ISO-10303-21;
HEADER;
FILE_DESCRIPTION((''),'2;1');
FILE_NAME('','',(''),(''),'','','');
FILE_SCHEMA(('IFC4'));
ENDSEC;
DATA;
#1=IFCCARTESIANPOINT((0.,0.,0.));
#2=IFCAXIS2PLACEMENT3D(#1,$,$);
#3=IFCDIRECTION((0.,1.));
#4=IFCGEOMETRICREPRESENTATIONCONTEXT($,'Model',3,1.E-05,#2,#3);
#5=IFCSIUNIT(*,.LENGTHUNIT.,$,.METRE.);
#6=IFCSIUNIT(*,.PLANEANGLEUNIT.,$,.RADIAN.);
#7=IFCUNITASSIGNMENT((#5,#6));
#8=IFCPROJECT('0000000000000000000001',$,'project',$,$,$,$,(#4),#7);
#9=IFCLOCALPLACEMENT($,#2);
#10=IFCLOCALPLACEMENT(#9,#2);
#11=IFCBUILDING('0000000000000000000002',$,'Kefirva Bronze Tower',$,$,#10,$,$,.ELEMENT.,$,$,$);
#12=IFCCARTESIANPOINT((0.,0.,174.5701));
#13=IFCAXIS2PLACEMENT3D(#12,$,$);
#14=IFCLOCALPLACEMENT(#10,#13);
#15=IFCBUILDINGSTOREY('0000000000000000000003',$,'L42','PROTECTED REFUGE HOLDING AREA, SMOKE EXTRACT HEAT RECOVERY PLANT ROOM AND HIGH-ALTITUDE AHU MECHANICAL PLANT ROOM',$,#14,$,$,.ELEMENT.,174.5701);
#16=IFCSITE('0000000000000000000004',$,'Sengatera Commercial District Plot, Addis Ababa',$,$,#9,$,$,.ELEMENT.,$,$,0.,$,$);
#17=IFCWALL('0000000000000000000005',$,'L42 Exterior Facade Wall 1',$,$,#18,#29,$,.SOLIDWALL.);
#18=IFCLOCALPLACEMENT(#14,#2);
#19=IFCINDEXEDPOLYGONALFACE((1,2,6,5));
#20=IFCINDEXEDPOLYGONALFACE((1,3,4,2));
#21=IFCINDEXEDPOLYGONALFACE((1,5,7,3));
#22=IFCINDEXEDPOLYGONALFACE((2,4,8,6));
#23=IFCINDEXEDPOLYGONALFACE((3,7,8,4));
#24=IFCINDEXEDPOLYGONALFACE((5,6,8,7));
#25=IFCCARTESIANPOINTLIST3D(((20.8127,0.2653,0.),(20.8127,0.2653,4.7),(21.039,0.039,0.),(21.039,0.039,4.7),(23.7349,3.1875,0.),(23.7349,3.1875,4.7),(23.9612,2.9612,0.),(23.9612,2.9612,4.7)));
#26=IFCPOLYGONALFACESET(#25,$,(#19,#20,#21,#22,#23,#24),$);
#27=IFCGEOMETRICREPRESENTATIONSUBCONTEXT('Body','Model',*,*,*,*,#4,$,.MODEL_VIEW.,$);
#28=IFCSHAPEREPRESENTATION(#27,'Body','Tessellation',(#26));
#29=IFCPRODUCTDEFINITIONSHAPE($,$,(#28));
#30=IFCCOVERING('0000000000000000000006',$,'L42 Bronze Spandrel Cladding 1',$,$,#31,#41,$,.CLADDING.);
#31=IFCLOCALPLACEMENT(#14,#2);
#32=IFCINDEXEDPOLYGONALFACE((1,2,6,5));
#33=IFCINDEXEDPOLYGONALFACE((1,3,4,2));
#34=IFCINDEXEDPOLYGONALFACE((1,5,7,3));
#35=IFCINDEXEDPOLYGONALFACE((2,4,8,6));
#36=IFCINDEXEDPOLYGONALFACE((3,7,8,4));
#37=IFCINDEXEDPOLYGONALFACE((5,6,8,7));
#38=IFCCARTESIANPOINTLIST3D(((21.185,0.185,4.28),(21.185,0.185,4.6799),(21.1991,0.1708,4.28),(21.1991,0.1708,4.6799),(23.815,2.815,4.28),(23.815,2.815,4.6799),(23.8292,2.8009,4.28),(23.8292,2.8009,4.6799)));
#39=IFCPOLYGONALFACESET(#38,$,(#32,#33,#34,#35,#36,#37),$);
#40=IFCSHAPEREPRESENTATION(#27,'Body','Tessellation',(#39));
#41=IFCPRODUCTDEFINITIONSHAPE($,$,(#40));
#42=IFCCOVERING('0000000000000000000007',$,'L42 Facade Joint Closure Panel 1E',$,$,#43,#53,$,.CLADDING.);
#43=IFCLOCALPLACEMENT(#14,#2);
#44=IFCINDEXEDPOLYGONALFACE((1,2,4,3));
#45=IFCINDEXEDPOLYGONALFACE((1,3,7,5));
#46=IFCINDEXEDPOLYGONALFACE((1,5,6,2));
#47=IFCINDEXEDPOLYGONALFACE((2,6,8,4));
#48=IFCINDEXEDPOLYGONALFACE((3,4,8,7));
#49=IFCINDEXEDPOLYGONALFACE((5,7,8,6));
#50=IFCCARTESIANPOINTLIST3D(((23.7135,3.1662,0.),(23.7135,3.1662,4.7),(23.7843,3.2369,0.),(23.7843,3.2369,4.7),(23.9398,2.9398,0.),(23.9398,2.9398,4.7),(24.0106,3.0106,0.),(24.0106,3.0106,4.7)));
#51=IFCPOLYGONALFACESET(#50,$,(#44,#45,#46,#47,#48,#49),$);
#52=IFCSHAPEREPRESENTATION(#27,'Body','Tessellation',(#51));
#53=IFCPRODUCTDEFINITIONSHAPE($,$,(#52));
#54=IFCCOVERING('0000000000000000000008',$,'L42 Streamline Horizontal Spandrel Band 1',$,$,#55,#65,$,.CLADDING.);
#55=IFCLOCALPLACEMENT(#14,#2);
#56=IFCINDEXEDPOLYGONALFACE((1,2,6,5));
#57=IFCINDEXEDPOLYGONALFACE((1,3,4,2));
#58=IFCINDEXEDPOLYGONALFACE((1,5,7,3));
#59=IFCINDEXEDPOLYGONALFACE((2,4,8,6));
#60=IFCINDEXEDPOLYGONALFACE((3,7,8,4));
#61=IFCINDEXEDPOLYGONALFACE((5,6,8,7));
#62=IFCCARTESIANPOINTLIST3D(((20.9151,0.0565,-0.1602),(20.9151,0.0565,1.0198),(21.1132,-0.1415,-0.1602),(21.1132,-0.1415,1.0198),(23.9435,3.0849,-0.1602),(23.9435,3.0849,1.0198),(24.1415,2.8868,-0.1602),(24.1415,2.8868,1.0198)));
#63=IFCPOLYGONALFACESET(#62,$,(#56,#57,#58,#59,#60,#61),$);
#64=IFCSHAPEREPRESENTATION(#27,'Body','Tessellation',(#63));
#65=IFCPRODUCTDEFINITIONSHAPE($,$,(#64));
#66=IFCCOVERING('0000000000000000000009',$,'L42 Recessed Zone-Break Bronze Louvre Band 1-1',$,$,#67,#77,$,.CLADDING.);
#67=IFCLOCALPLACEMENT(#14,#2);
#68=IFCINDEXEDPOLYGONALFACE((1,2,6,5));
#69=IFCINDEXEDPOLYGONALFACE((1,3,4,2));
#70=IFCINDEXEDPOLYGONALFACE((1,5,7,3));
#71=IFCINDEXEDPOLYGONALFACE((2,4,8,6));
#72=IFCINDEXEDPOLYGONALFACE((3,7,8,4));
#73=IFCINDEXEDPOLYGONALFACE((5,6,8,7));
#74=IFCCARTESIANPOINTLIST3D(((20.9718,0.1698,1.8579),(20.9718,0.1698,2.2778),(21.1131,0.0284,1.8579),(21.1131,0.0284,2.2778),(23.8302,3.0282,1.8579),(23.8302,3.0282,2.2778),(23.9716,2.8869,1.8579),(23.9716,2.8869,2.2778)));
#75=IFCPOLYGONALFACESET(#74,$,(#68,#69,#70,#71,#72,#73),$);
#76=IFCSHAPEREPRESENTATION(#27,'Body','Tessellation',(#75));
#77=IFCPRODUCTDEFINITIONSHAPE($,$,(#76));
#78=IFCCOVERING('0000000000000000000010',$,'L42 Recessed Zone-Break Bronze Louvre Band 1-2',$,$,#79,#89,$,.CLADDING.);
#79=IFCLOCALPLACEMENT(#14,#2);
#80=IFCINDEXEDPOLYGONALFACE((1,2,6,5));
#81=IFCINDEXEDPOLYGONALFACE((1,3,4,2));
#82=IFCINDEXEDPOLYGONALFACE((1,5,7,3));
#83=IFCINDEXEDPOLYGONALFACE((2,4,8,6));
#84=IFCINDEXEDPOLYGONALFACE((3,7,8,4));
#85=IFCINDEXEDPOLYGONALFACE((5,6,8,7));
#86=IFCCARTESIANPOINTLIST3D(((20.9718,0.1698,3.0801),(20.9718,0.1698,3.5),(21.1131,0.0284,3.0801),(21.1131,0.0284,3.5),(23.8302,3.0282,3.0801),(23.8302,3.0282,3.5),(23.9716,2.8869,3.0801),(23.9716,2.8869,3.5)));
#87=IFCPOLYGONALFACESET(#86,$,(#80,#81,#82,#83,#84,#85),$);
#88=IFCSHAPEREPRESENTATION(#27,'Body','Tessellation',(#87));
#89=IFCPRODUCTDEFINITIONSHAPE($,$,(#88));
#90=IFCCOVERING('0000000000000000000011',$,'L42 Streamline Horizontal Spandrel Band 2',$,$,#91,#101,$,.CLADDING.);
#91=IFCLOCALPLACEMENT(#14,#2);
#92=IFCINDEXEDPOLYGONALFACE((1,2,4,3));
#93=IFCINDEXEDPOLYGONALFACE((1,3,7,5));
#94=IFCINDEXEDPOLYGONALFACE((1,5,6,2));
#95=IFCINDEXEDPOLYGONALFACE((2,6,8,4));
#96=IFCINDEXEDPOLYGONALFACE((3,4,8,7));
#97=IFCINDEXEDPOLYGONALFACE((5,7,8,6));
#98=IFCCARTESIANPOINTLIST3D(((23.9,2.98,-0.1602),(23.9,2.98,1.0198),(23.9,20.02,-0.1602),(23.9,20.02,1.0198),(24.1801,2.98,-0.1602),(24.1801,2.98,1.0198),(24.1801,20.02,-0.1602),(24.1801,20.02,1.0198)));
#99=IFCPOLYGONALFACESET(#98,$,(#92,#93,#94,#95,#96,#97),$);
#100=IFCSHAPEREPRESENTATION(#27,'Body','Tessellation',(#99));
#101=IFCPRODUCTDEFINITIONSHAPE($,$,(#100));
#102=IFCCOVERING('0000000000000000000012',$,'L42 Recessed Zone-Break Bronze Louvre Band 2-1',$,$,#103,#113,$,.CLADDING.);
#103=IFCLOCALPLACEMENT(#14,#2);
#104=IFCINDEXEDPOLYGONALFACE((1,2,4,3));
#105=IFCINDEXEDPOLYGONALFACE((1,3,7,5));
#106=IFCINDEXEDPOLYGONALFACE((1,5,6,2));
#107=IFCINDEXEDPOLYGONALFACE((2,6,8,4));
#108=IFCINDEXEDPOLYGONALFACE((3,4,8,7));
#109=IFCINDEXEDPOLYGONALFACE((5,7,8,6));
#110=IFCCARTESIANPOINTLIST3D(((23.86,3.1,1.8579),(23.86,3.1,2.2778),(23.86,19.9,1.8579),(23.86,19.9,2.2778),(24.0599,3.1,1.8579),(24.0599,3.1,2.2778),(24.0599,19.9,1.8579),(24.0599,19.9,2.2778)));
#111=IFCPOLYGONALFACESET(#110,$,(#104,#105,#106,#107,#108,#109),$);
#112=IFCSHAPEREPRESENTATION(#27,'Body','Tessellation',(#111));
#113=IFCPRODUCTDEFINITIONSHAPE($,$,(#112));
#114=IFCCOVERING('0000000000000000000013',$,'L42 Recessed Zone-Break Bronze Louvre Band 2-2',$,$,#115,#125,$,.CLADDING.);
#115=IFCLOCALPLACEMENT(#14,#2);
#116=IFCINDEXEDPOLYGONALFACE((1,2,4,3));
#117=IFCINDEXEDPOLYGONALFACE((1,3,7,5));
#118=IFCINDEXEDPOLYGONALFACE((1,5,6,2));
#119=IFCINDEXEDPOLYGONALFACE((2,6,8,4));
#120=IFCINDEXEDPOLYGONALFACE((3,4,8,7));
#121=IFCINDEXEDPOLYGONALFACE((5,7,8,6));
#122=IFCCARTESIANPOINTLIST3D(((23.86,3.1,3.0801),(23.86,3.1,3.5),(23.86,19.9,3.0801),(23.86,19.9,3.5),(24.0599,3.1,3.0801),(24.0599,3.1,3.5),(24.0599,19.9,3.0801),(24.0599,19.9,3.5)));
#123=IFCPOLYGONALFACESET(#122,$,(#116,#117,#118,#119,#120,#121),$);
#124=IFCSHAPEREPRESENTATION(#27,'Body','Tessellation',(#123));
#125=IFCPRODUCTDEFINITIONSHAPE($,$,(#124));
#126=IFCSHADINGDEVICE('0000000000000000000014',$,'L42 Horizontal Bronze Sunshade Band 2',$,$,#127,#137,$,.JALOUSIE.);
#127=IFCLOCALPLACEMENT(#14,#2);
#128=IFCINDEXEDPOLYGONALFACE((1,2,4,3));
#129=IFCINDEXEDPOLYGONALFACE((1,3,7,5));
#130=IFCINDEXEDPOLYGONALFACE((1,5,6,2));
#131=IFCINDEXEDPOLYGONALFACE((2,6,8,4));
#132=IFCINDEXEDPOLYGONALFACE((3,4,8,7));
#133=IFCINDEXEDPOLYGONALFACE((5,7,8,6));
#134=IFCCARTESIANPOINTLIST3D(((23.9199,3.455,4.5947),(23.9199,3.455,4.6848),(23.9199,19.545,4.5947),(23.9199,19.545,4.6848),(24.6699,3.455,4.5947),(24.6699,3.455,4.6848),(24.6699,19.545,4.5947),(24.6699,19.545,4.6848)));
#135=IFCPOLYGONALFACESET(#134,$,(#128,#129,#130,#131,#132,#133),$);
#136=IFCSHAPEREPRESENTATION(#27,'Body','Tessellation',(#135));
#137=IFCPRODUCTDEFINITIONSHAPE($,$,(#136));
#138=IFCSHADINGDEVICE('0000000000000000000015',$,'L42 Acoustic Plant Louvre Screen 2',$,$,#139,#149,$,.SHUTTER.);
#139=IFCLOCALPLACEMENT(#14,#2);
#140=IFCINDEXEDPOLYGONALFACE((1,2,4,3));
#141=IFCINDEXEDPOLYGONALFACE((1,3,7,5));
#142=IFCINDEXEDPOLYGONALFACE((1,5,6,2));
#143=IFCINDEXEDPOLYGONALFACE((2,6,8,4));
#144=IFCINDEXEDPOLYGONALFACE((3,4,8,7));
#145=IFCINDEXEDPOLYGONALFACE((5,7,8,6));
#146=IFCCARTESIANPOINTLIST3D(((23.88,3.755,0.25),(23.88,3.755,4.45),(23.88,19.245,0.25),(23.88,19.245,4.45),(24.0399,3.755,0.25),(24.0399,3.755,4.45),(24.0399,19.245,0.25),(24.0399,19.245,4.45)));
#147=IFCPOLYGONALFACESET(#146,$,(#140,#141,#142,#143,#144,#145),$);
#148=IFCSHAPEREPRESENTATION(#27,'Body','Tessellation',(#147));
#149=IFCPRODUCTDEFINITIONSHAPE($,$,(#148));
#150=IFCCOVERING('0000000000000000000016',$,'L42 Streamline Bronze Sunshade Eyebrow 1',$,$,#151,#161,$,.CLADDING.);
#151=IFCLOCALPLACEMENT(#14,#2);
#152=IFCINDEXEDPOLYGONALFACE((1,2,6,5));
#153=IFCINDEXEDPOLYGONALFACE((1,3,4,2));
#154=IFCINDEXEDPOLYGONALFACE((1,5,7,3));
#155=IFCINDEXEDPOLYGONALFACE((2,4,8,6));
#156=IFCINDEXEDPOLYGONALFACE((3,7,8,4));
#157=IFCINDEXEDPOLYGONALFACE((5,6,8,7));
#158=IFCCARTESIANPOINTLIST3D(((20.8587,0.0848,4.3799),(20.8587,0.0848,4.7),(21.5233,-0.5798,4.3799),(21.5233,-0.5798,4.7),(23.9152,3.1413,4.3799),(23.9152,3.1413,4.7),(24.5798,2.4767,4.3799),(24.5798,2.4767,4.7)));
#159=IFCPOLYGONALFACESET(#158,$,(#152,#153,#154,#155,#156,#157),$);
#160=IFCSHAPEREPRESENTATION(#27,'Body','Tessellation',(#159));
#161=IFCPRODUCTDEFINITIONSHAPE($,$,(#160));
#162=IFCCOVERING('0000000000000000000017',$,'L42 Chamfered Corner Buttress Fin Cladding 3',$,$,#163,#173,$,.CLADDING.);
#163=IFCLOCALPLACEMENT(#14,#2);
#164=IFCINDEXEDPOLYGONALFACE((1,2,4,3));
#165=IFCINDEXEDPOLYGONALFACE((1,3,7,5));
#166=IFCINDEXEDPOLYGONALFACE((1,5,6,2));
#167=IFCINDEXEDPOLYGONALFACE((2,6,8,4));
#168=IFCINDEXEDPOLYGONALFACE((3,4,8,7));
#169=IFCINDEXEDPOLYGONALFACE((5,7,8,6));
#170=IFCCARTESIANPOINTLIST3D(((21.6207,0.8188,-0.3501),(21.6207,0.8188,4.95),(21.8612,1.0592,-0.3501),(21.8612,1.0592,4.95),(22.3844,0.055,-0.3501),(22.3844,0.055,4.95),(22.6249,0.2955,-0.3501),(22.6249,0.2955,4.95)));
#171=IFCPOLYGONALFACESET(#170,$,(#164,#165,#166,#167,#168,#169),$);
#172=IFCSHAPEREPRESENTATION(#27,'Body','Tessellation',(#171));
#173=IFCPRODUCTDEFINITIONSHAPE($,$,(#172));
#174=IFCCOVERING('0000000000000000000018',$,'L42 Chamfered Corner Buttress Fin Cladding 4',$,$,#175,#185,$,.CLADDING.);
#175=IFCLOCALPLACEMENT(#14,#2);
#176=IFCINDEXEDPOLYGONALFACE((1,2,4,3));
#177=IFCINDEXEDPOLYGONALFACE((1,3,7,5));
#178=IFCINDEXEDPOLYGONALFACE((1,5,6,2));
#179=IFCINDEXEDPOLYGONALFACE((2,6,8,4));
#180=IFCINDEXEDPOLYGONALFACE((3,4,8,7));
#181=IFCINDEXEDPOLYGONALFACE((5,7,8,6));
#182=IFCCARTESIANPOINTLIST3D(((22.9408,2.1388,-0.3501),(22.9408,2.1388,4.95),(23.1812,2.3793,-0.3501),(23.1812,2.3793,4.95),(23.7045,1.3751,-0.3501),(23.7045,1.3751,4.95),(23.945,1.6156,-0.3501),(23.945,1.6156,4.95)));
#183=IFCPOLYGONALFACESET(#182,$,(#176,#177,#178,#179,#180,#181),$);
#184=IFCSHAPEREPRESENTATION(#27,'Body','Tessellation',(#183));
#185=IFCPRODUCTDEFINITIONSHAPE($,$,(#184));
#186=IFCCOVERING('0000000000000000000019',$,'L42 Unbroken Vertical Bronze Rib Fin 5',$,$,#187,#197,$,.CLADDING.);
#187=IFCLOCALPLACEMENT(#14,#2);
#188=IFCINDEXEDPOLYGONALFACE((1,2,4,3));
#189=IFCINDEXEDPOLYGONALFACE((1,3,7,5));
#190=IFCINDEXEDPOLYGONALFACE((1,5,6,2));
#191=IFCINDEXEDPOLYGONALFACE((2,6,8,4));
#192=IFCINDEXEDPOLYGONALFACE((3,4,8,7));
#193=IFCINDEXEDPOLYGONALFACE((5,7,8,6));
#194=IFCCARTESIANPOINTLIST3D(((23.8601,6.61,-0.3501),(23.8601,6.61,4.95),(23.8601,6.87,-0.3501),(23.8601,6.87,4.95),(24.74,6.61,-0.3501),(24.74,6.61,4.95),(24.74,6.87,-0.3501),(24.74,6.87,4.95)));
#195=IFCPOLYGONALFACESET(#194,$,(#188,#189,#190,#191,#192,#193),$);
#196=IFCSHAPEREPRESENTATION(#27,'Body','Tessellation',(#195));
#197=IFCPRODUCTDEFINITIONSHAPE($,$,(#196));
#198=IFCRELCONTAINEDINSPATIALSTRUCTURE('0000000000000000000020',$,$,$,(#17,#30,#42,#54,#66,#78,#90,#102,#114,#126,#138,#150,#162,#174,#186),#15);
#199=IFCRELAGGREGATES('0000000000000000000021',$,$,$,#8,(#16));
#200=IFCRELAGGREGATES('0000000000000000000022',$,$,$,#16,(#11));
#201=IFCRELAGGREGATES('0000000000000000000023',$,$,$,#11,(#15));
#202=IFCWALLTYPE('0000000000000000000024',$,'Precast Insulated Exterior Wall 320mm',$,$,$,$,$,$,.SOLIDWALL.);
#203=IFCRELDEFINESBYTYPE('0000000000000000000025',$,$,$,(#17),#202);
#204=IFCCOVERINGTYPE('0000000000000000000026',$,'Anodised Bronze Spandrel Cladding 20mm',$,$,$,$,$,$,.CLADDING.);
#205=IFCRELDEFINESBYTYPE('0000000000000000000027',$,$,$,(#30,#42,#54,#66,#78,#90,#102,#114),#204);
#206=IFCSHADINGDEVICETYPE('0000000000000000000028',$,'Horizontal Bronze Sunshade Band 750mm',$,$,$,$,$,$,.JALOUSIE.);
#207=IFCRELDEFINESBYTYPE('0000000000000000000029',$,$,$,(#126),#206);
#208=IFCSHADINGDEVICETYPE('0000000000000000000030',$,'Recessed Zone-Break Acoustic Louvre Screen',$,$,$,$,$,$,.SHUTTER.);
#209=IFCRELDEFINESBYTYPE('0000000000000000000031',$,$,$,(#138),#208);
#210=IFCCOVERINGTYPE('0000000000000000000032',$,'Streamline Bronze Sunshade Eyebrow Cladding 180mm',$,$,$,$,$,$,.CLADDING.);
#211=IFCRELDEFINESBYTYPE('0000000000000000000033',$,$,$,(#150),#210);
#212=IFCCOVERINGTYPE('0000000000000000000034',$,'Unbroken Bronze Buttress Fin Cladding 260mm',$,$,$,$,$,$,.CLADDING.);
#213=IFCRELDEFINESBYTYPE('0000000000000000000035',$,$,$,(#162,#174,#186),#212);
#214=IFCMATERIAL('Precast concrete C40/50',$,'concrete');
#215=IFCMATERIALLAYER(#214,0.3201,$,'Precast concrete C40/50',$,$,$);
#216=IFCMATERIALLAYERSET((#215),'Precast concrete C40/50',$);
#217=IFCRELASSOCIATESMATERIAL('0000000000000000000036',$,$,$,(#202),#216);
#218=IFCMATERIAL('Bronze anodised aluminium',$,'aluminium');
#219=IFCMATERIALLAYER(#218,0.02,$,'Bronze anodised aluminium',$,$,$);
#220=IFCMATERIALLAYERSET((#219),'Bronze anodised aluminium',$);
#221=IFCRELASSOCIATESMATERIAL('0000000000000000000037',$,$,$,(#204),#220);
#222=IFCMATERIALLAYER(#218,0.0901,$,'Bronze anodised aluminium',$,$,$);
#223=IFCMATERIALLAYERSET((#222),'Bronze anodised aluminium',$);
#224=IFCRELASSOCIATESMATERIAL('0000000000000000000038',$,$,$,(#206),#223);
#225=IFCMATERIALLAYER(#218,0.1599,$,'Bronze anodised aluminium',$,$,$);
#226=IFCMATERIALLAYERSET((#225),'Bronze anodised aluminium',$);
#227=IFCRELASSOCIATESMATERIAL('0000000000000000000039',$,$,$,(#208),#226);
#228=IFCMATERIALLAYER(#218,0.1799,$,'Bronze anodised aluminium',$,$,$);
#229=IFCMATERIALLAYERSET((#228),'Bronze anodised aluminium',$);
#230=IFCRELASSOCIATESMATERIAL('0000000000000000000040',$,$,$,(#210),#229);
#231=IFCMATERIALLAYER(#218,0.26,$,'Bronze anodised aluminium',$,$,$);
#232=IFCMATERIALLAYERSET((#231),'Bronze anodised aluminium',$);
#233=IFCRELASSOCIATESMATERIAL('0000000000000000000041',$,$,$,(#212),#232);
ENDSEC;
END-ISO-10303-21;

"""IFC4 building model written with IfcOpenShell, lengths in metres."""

from ifc_helpers import new_model, si_unit, direction, frame, frame_2d, origin, origin_2d, place, context, subcontext, project, spatial, rectangle, extrude, material, layer, layer_set, type_object, element, save


model = new_model("IFC4")

# Units and contexts
model_context = context("Model", 3, precision=1e-05, world=origin(), true_north=direction((0.0, 1.0)))
body_context = subcontext(model_context, "Body", "Model", "MODEL_VIEW")
ifc_project = project(units=[si_unit("LENGTHUNIT", "METRE"), si_unit("PLANEANGLEUNIT", "RADIAN")], contexts=[model_context])

# Site, building, storey
site_placement = place(None, origin())
site = spatial("IfcSite", under=ifc_project, at=site_placement, Name="Sengatera Commercial District Plot, Addis Ababa", CompositionType="ELEMENT", RefElevation=0.0)
building_placement = place(site_placement, origin())
building = spatial("IfcBuilding", under=site, at=building_placement, Name="Kefirva Bronze Tower", CompositionType="ELEMENT")
storey_placement = place(building_placement, frame((0.0, 0.0, 174.5701)))
storey = spatial("IfcBuildingStorey", under=building, at=storey_placement, Name="L42", Description="PROTECTED REFUGE HOLDING AREA, SMOKE EXTRACT HEAT RECOVERY PLANT ROOM AND HIGH-ALTITUDE AHU MECHANICAL PLANT ROOM", CompositionType="ELEMENT", Elevation=174.5701)

# Shared definitions
ifc_material_1 = material(Name="Bronze anodised aluminium", Category="aluminium")

# Wall
ifc_material_2 = material(Name="Precast concrete C40/50", Category="concrete")
ifc_layer_1 = layer(ifc_material_2, 0.3201, Name="Precast concrete C40/50")
ifc_layer_set_1 = layer_set([ifc_layer_1], Name="Precast concrete C40/50")
wall_type_1 = type_object("IfcWallType", Name="Precast Insulated Exterior Wall 320mm", PredefinedType="SOLIDWALL", material=ifc_layer_set_1)
wall_1_placement = place(storey_placement, frame((20.9258, 0.1521, 0.0), z_axis=(0.0, 0.0, 1.0), x_axis=(0.707107, 0.707107, 0.0)))
element("IfcWall", 1, at=wall_1_placement, inside=storey, type_object=wall_type_1, Name="L42 Exterior Facade Wall 1", PredefinedType="SOLIDWALL", context=body_context, shape_type="SweptSolid", body=[
    extrude(rectangle(XDim=4.1326, YDim=0.3201, at=frame_2d((2.0664, 0.0))), origin(), (0.0, 0.0, 1.0), 4.7),
])

# Coverings
ifc_layer_2 = layer(ifc_material_1, 0.02, Name="Bronze anodised aluminium")
ifc_layer_set_2 = layer_set([ifc_layer_2], Name="Bronze anodised aluminium")
covering_type_1 = type_object("IfcCoveringType", Name="Anodised Bronze Spandrel Cladding 20mm", PredefinedType="CLADDING", material=ifc_layer_set_2)
covering_1_placement = place(storey_placement, frame((22.5071, 1.4929, 4.28), z_axis=(0.0, 0.0, 1.0), x_axis=(0.707107, 0.707107, 0.0)))
element("IfcCovering", 2, at=covering_1_placement, inside=storey, type_object=covering_type_1, Name="L42 Bronze Spandrel Cladding 1", PredefinedType="CLADDING", context=body_context, shape_type="SweptSolid", body=[
    extrude(rectangle(XDim=3.7195, YDim=0.02, at=origin_2d()), origin(), (0.0, 0.0, 1.0), 0.3999),
])
covering_2_placement = place(storey_placement, frame((23.8621, 3.0884, 0.0), z_axis=(0.0, 0.0, 1.0), x_axis=(0.707107, 0.707107, 0.0)))
element("IfcCovering", 3, at=covering_2_placement, inside=storey, type_object=covering_type_1, Name="L42 Facade Joint Closure Panel 1E", PredefinedType="CLADDING", context=body_context, shape_type="SweptSolid", body=[
    extrude(rectangle(XDim=0.1001, YDim=0.3201, at=origin_2d()), origin(), (0.0, 0.0, 1.0), 4.7),
])
covering_3_placement = place(storey_placement, frame((22.5283, 1.4717, -0.1602), z_axis=(0.0, 0.0, 1.0), x_axis=(0.707107, 0.707107, 0.0)))
element("IfcCovering", 4, at=covering_3_placement, inside=storey, type_object=covering_type_1, Name="L42 Streamline Horizontal Spandrel Band 1", PredefinedType="CLADDING", context=body_context, shape_type="SweptSolid", body=[
    extrude(rectangle(XDim=4.2827, YDim=0.28, at=origin_2d()), origin(), (0.0, 0.0, 1.0), 1.1799),
])
for number, where, z_axis, x_axis, name in (
    (5, (22.4717, 1.5283, 1.8579), (0.0, 0.0, 1.0), (0.707107, 0.707107, 0.0), "L42 Recessed Zone-Break Bronze Louvre Band 1-1"),
    (6, (22.4717, 1.5283, 3.0801), (0.0, 0.0, 1.0), (0.707107, 0.707107, 0.0), "L42 Recessed Zone-Break Bronze Louvre Band 1-2"),
):
    element("IfcCovering", number, at=place(storey_placement, frame(where, z_axis=z_axis, x_axis=x_axis)), inside=storey, type_object=covering_type_1, Name=name, PredefinedType="CLADDING", context=body_context, shape_type="SweptSolid", body=[
        extrude(rectangle(XDim=4.0425, YDim=0.2, at=origin_2d()), origin(), (0.0, 0.0, 1.0), 0.4199),
    ])
covering_4_placement = place(storey_placement, frame((24.04, 11.5, -0.1602), z_axis=(0.0, 0.0, 1.0), x_axis=(0.0, 1.0, 0.0)))
element("IfcCovering", 7, at=covering_4_placement, inside=storey, type_object=covering_type_1, Name="L42 Streamline Horizontal Spandrel Band 2", PredefinedType="CLADDING", context=body_context, shape_type="SweptSolid", body=[
    extrude(rectangle(XDim=17.04, YDim=0.28, at=origin_2d()), origin(), (0.0, 0.0, 1.0), 1.1799),
])
for number, where, z_axis, x_axis, name in (
    (8, (23.96, 11.5, 1.8579), (0.0, 0.0, 1.0), (0.0, 1.0, 0.0), "L42 Recessed Zone-Break Bronze Louvre Band 2-1"),
    (9, (23.96, 11.5, 3.0801), (0.0, 0.0, 1.0), (0.0, 1.0, 0.0), "L42 Recessed Zone-Break Bronze Louvre Band 2-2"),
):
    element("IfcCovering", number, at=place(storey_placement, frame(where, z_axis=z_axis, x_axis=x_axis)), inside=storey, type_object=covering_type_1, Name=name, PredefinedType="CLADDING", context=body_context, shape_type="SweptSolid", body=[
        extrude(rectangle(XDim=16.8, YDim=0.2, at=origin_2d()), origin(), (0.0, 0.0, 1.0), 0.4199),
    ])

# Shading devices
ifc_layer_3 = layer(ifc_material_1, 0.0901, Name="Bronze anodised aluminium")
ifc_layer_set_3 = layer_set([ifc_layer_3], Name="Bronze anodised aluminium")
shading_device_type_1 = type_object("IfcShadingDeviceType", Name="Horizontal Bronze Sunshade Band 750mm", PredefinedType="JALOUSIE", material=ifc_layer_set_3)
shading_device_1_placement = place(storey_placement, frame((24.2949, 11.5, 4.5947), z_axis=(0.0, 0.0, 1.0), x_axis=(0.0, 1.0, 0.0)))
element("IfcShadingDevice", 10, at=shading_device_1_placement, inside=storey, type_object=shading_device_type_1, Name="L42 Horizontal Bronze Sunshade Band 2", PredefinedType="JALOUSIE", context=body_context, shape_type="SweptSolid", body=[
    extrude(rectangle(XDim=16.0901, YDim=0.75, at=origin_2d()), origin(), (0.0, 0.0, 1.0), 0.0901),
])
ifc_layer_4 = layer(ifc_material_1, 0.1599, Name="Bronze anodised aluminium")
ifc_layer_set_4 = layer_set([ifc_layer_4], Name="Bronze anodised aluminium")
shading_device_type_2 = type_object("IfcShadingDeviceType", Name="Recessed Zone-Break Acoustic Louvre Screen", PredefinedType="SHUTTER", material=ifc_layer_set_4)
shading_device_2_placement = place(storey_placement, frame((23.96, 11.5, 0.25), z_axis=(0.0, 0.0, 1.0), x_axis=(0.0, 1.0, 0.0)))
element("IfcShadingDevice", 11, at=shading_device_2_placement, inside=storey, type_object=shading_device_type_2, Name="L42 Acoustic Plant Louvre Screen 2", PredefinedType="SHUTTER", context=body_context, shape_type="SweptSolid", body=[
    extrude(rectangle(XDim=15.49, YDim=0.1599, at=origin_2d()), origin(), (0.0, 0.0, 1.0), 4.2),
])

# Coverings
ifc_layer_5 = layer(ifc_material_1, 0.1799, Name="Bronze anodised aluminium")
ifc_layer_set_5 = layer_set([ifc_layer_5], Name="Bronze anodised aluminium")
covering_type_2 = type_object("IfcCoveringType", Name="Streamline Bronze Sunshade Eyebrow Cladding 180mm", PredefinedType="CLADDING", material=ifc_layer_set_5)
covering_5_placement = place(storey_placement, frame((22.7192, 1.2808, 4.3799), z_axis=(0.0, 0.0, 1.0), x_axis=(0.707107, 0.707107, 0.0)))
element("IfcCovering", 12, at=covering_5_placement, inside=storey, type_object=covering_type_2, Name="L42 Streamline Bronze Sunshade Eyebrow 1", PredefinedType="CLADDING", context=body_context, shape_type="SweptSolid", body=[
    extrude(rectangle(XDim=4.3225, YDim=0.9399, at=origin_2d()), origin(), (0.0, 0.0, 1.0), 0.3201),
])
ifc_layer_6 = layer(ifc_material_1, 0.26, Name="Bronze anodised aluminium")
ifc_layer_set_6 = layer_set([ifc_layer_6], Name="Bronze anodised aluminium")
covering_type_3 = type_object("IfcCoveringType", Name="Unbroken Bronze Buttress Fin Cladding 260mm", PredefinedType="CLADDING", material=ifc_layer_set_6)
for number, where, z_axis, x_axis, name in (
    (13, (22.1228, 0.5571, -0.3501), (0.0, 0.0, 1.0), (0.707107, 0.707107, 0.0), "L42 Chamfered Corner Buttress Fin Cladding 3"),
    (14, (23.4429, 1.8772, -0.3501), (0.0, 0.0, 1.0), (0.707107, 0.707107, 0.0), "L42 Chamfered Corner Buttress Fin Cladding 4"),
):
    element("IfcCovering", number, at=place(storey_placement, frame(where, z_axis=z_axis, x_axis=x_axis)), inside=storey, type_object=covering_type_3, Name=name, PredefinedType="CLADDING", context=body_context, shape_type="SweptSolid", body=[
        extrude(rectangle(XDim=0.3401, YDim=1.0801, at=origin_2d()), origin(), (0.0, 0.0, 1.0), 5.3),
    ])
covering_6_placement = place(storey_placement, frame((24.3, 6.74, -0.3501), z_axis=(0.0, 0.0, 1.0), x_axis=(0.0, 1.0, 0.0)))
element("IfcCovering", 15, at=covering_6_placement, inside=storey, type_object=covering_type_3, Name="L42 Unbroken Vertical Bronze Rib Fin 5", PredefinedType="CLADDING", context=body_context, shape_type="SweptSolid", body=[
    extrude(rectangle(XDim=0.26, YDim=0.8799, at=origin_2d()), origin(), (0.0, 0.0, 1.0), 5.3),
])

save(model, "model.ifc")
